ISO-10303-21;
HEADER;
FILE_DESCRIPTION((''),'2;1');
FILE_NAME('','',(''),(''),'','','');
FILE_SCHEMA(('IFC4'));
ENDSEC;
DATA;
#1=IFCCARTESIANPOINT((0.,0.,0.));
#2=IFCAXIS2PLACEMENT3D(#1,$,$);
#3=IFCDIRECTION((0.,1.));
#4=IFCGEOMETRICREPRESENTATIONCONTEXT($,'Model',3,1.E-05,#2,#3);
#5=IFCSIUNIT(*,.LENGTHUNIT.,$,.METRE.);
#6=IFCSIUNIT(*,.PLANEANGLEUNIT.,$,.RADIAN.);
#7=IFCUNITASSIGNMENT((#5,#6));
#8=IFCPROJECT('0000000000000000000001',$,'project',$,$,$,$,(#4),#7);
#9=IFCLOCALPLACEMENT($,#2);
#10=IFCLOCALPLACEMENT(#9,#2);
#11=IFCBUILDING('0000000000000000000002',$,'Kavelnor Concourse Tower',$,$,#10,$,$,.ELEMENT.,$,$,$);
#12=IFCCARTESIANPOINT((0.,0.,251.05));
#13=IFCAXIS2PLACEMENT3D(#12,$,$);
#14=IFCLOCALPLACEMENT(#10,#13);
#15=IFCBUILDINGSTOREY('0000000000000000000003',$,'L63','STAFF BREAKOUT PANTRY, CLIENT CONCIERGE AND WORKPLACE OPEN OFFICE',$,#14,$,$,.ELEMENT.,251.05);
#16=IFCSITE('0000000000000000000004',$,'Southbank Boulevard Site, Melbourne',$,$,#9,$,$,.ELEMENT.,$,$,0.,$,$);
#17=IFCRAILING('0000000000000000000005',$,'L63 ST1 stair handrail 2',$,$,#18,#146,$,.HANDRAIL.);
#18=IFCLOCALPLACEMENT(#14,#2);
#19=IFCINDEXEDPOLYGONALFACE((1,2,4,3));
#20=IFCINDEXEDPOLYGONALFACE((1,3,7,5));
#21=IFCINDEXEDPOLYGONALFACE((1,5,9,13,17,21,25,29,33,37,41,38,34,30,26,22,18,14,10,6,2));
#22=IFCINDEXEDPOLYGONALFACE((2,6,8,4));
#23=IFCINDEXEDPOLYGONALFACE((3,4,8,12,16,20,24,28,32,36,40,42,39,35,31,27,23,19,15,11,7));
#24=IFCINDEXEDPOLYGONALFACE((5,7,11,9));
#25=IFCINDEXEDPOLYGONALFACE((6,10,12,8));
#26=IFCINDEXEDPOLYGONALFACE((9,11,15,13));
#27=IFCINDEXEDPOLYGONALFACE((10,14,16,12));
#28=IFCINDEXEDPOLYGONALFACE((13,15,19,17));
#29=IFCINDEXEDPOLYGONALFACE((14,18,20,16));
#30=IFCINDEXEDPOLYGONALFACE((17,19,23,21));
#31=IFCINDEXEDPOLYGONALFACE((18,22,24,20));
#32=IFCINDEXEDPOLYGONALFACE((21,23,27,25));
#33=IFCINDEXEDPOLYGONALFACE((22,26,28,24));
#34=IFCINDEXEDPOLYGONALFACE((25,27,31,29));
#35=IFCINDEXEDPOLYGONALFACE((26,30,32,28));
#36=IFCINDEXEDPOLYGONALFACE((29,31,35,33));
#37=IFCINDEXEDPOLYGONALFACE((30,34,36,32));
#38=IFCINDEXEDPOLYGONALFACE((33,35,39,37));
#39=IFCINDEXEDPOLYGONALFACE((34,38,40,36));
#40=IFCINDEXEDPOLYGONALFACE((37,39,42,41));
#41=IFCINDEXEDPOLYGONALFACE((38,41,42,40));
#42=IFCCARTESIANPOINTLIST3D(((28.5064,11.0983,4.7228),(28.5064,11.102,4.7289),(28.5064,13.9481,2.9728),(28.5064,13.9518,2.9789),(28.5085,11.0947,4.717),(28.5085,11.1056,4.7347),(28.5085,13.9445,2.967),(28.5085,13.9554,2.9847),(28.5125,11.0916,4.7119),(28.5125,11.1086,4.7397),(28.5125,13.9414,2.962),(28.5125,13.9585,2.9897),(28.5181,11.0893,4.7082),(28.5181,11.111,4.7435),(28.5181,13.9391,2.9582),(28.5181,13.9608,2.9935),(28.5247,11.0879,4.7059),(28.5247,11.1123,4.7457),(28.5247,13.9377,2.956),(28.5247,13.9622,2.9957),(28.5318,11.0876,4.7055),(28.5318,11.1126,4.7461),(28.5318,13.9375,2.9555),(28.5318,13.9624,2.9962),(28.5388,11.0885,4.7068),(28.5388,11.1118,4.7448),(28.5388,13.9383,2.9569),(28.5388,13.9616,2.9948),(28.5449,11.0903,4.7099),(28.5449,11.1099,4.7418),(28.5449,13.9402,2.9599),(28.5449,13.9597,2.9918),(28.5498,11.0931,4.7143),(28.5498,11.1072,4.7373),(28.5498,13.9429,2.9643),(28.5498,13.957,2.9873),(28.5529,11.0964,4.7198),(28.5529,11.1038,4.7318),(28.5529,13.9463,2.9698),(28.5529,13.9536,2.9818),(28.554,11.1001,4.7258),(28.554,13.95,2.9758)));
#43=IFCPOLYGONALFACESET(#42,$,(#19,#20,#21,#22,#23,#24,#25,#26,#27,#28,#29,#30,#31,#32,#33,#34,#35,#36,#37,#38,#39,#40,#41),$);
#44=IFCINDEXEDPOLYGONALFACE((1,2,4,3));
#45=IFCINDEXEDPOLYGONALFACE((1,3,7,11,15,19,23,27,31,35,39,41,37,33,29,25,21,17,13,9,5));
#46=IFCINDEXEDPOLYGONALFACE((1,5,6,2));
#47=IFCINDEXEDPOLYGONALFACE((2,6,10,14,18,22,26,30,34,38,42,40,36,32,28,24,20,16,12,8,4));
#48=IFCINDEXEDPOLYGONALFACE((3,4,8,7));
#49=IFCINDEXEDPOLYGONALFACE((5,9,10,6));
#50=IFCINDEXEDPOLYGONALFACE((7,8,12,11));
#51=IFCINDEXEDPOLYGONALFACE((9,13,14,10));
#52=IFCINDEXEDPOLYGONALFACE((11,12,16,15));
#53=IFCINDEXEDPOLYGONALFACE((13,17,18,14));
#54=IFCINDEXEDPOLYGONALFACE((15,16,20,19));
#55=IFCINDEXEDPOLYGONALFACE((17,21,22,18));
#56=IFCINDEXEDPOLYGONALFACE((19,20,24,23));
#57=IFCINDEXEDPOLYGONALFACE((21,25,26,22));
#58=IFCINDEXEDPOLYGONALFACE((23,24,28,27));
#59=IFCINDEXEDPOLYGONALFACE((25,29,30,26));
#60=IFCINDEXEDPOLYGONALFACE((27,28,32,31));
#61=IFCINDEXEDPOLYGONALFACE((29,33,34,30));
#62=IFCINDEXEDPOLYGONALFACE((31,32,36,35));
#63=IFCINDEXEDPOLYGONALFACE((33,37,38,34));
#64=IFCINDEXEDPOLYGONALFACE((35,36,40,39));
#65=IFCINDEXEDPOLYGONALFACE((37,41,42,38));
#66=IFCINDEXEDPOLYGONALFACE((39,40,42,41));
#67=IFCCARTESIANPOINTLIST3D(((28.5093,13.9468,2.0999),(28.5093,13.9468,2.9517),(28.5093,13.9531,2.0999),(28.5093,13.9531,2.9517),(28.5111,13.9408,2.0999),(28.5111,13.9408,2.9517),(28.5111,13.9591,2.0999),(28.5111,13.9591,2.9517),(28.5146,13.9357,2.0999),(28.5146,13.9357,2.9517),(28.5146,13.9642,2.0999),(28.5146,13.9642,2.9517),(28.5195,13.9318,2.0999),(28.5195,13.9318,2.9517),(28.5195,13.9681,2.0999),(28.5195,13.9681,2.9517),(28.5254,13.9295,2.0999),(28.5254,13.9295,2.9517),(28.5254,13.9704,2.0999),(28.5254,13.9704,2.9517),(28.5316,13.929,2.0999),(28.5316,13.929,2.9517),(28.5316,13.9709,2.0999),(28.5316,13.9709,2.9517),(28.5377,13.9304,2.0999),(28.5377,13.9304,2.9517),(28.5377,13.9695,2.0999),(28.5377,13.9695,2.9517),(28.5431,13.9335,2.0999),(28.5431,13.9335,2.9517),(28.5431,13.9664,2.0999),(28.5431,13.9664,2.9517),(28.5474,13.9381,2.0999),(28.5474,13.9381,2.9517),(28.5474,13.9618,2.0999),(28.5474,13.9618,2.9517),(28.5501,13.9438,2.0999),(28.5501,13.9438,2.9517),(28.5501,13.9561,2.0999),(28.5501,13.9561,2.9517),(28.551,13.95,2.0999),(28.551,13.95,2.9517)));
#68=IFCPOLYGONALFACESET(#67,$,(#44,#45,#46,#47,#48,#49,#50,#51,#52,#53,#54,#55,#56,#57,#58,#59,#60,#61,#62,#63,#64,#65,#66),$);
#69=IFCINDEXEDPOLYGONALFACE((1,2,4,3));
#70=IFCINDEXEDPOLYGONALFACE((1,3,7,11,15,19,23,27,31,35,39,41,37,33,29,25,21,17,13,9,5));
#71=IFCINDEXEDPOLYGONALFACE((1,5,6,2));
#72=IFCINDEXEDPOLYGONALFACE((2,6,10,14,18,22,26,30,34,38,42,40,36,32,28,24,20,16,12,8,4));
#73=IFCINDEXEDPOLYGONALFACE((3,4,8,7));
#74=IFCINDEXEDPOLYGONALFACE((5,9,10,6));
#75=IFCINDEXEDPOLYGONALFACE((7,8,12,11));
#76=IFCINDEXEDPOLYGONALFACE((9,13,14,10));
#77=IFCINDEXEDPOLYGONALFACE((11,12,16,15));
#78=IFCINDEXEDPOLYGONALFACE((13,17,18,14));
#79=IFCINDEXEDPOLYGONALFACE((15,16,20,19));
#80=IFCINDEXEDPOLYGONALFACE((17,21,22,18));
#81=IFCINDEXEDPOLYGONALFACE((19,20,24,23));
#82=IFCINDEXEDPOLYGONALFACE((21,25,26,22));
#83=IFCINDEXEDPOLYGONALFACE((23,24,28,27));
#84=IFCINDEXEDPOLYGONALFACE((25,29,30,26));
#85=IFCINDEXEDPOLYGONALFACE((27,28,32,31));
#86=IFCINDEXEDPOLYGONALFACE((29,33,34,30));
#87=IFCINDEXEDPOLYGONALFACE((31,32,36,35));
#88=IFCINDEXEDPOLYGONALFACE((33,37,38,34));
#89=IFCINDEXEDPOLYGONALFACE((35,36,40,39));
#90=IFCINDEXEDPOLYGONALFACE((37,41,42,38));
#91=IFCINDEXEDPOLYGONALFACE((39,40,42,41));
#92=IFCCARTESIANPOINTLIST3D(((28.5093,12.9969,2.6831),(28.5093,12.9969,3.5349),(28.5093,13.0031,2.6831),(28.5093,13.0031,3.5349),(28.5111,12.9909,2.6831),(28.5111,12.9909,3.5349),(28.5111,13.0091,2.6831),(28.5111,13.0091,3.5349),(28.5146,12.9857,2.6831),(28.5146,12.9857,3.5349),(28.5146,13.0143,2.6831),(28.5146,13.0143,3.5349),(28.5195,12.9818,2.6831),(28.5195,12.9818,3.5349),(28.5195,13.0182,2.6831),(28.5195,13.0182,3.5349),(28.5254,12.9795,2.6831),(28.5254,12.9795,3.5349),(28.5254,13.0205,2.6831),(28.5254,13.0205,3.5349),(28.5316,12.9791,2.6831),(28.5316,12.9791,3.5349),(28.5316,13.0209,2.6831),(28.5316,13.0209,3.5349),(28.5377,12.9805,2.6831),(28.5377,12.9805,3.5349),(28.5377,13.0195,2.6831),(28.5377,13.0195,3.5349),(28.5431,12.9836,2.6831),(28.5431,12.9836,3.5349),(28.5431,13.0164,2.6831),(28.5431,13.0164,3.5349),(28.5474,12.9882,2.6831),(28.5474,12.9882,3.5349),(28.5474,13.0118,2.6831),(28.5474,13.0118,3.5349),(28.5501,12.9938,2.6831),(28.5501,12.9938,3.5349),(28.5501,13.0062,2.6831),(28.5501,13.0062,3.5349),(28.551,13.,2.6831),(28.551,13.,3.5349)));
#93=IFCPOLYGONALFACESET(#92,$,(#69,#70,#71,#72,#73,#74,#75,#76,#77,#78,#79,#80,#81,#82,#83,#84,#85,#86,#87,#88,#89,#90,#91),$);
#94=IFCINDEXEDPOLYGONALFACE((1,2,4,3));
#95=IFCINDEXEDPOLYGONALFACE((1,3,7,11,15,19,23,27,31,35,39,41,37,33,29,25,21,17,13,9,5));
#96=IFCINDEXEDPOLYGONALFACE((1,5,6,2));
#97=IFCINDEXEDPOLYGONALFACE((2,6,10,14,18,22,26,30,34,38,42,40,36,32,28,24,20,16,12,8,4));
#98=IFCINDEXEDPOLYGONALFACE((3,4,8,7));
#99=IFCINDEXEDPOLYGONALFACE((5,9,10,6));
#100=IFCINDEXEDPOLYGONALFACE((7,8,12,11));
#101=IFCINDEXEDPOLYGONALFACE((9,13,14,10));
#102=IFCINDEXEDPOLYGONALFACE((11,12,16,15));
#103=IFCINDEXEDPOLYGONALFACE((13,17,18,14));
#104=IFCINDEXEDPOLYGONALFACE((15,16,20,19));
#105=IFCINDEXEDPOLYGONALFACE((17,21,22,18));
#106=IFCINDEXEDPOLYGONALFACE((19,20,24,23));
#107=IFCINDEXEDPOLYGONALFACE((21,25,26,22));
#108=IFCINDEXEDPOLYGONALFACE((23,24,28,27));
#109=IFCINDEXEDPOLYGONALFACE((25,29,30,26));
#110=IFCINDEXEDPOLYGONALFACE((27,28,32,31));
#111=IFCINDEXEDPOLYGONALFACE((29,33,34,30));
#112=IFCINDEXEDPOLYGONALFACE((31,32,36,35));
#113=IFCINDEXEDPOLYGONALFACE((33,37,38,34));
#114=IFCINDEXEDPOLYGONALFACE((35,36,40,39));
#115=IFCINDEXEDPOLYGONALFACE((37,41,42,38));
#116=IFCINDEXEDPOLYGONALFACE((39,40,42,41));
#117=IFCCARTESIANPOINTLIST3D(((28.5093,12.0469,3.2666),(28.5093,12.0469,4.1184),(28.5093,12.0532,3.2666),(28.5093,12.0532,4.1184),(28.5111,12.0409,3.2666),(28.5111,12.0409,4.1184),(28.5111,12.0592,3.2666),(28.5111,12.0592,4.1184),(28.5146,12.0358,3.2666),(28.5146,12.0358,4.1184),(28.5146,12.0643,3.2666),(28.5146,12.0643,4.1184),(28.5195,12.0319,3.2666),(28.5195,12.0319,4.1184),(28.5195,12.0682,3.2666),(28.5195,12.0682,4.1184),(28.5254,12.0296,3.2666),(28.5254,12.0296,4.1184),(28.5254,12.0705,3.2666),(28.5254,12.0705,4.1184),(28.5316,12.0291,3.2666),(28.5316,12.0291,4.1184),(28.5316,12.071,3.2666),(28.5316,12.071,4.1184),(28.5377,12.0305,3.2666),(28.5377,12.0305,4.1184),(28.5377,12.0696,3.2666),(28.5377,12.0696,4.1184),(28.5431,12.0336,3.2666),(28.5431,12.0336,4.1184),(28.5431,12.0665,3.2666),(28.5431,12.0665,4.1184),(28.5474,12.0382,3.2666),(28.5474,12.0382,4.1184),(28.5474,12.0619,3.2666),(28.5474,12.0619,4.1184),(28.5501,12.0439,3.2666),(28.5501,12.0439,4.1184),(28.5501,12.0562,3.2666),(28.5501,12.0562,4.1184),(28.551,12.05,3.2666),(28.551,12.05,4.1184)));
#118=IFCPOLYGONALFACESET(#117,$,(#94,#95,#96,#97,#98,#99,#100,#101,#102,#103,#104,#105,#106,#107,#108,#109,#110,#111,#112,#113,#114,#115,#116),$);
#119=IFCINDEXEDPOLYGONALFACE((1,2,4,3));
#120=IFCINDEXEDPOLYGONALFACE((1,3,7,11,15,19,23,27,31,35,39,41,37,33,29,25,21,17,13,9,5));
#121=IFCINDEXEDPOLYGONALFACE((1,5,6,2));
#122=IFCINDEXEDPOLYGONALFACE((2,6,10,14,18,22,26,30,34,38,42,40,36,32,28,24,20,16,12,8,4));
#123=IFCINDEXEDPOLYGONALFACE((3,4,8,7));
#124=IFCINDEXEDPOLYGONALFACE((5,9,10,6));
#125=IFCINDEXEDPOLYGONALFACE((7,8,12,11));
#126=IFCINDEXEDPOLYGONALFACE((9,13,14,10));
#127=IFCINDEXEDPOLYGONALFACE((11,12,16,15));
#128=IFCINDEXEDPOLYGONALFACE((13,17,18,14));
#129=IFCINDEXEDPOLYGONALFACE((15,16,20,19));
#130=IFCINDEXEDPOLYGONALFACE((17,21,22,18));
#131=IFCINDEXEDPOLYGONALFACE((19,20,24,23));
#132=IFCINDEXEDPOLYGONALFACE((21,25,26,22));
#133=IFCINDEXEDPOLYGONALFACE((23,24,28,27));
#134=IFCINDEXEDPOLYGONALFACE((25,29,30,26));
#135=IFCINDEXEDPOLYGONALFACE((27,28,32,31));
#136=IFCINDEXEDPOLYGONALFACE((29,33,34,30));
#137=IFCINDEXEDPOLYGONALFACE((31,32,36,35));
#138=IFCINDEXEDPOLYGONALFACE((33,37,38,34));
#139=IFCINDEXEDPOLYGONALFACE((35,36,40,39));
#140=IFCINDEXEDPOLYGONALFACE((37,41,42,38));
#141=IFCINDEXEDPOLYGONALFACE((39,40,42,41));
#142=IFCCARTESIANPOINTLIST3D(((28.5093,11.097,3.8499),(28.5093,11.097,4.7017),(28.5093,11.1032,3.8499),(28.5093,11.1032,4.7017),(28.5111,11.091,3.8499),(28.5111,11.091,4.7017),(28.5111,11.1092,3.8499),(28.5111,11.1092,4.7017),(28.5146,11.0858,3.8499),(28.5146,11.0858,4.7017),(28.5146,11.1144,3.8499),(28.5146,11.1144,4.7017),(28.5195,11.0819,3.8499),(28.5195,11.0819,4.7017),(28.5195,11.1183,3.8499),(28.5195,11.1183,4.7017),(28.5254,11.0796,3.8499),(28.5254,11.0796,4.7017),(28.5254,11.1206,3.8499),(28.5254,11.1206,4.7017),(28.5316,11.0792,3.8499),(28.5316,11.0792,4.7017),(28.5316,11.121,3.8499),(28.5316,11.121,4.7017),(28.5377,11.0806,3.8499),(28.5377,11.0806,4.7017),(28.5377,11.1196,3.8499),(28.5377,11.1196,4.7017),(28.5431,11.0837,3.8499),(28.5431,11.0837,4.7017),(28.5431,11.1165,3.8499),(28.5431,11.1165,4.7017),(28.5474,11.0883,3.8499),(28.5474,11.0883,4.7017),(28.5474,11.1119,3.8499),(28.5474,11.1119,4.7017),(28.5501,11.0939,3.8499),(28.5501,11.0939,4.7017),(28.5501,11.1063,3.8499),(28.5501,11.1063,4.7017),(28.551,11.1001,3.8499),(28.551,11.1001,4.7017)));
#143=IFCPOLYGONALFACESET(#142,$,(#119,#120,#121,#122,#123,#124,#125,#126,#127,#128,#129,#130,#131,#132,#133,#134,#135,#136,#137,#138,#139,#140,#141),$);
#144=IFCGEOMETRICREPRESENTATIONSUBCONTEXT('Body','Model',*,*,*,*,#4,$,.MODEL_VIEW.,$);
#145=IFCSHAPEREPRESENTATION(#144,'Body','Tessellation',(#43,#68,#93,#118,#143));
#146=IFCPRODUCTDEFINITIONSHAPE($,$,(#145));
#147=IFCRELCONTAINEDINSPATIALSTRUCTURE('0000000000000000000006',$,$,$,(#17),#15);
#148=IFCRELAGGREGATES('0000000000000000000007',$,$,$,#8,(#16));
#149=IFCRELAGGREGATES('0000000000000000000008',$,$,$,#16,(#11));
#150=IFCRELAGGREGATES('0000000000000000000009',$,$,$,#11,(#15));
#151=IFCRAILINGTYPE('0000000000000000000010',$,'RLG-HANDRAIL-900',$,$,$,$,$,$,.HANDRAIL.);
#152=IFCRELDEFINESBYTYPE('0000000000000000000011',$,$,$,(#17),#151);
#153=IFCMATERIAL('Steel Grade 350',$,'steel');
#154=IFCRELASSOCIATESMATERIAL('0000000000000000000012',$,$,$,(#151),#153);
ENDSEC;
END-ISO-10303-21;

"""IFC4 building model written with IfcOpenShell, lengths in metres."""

from ifc_helpers import new_model, si_unit, direction, frame, origin, origin_2d, place, context, subcontext, project, spatial, circle, extrude, material, type_object, element, save


model = new_model("IFC4")

# Units and contexts
model_context = context("Model", 3, precision=1e-05, world=origin(), true_north=direction((0.0, 1.0)))
body_context = subcontext(model_context, "Body", "Model", "MODEL_VIEW")
ifc_project = project(units=[si_unit("LENGTHUNIT", "METRE"), si_unit("PLANEANGLEUNIT", "RADIAN")], contexts=[model_context])

# Site, building, storey
site_placement = place(None, origin())
site = spatial("IfcSite", under=ifc_project, at=site_placement, Name="Southbank Boulevard Site, Melbourne", CompositionType="ELEMENT", RefElevation=0.0)
building_placement = place(site_placement, origin())
building = spatial("IfcBuilding", under=site, at=building_placement, Name="Kavelnor Concourse Tower", CompositionType="ELEMENT")
storey_placement = place(building_placement, frame((0.0, 0.0, 251.05)))
storey = spatial("IfcBuildingStorey", under=building, at=storey_placement, Name="L63", Description="STAFF BREAKOUT PANTRY, CLIENT CONCIERGE AND WORKPLACE OPEN OFFICE", CompositionType="ELEMENT", Elevation=251.05)

# Shared definitions
ifc_material_1 = material(Name="Steel Grade 350", Category="steel")

# Railing
railing_type_1 = type_object("IfcRailingType", Name="RLG-HANDRAIL-900", PredefinedType="HANDRAIL", material=ifc_material_1)
railing_1_placement = place(storey_placement, frame((28.53, 13.95, 2.0999)))
element("IfcRailing", 1, at=railing_1_placement, inside=storey, type_object=railing_type_1, Name="L63 ST1 stair handrail 2", PredefinedType="HANDRAIL", context=body_context, shape_type="SweptSolid", body=[
    extrude(circle(Radius=0.0239, at=origin_2d()), frame((0.0, 0.0, 0.876), z_axis=(0.0, -0.852159, 0.523283), x_axis=(1.0, 0.0, 0.0)), (0.0, 0.0, 1.0), 3.3442),
    extrude(circle(Radius=0.021, at=origin_2d()), origin(), (0.0, 0.0, 1.0), 0.8518),
    extrude(circle(Radius=0.021, at=origin_2d()), frame((0.0, -0.95, 0.5833)), (0.0, 0.0, 1.0), 0.8518),
    extrude(circle(Radius=0.021, at=origin_2d()), frame((0.0, -1.8999, 1.1667)), (0.0, 0.0, 1.0), 0.8518),
    extrude(circle(Radius=0.021, at=origin_2d()), frame((0.0, -2.8499, 1.75)), (0.0, 0.0, 1.0), 0.8518),
])

save(model, "model.ifc")
